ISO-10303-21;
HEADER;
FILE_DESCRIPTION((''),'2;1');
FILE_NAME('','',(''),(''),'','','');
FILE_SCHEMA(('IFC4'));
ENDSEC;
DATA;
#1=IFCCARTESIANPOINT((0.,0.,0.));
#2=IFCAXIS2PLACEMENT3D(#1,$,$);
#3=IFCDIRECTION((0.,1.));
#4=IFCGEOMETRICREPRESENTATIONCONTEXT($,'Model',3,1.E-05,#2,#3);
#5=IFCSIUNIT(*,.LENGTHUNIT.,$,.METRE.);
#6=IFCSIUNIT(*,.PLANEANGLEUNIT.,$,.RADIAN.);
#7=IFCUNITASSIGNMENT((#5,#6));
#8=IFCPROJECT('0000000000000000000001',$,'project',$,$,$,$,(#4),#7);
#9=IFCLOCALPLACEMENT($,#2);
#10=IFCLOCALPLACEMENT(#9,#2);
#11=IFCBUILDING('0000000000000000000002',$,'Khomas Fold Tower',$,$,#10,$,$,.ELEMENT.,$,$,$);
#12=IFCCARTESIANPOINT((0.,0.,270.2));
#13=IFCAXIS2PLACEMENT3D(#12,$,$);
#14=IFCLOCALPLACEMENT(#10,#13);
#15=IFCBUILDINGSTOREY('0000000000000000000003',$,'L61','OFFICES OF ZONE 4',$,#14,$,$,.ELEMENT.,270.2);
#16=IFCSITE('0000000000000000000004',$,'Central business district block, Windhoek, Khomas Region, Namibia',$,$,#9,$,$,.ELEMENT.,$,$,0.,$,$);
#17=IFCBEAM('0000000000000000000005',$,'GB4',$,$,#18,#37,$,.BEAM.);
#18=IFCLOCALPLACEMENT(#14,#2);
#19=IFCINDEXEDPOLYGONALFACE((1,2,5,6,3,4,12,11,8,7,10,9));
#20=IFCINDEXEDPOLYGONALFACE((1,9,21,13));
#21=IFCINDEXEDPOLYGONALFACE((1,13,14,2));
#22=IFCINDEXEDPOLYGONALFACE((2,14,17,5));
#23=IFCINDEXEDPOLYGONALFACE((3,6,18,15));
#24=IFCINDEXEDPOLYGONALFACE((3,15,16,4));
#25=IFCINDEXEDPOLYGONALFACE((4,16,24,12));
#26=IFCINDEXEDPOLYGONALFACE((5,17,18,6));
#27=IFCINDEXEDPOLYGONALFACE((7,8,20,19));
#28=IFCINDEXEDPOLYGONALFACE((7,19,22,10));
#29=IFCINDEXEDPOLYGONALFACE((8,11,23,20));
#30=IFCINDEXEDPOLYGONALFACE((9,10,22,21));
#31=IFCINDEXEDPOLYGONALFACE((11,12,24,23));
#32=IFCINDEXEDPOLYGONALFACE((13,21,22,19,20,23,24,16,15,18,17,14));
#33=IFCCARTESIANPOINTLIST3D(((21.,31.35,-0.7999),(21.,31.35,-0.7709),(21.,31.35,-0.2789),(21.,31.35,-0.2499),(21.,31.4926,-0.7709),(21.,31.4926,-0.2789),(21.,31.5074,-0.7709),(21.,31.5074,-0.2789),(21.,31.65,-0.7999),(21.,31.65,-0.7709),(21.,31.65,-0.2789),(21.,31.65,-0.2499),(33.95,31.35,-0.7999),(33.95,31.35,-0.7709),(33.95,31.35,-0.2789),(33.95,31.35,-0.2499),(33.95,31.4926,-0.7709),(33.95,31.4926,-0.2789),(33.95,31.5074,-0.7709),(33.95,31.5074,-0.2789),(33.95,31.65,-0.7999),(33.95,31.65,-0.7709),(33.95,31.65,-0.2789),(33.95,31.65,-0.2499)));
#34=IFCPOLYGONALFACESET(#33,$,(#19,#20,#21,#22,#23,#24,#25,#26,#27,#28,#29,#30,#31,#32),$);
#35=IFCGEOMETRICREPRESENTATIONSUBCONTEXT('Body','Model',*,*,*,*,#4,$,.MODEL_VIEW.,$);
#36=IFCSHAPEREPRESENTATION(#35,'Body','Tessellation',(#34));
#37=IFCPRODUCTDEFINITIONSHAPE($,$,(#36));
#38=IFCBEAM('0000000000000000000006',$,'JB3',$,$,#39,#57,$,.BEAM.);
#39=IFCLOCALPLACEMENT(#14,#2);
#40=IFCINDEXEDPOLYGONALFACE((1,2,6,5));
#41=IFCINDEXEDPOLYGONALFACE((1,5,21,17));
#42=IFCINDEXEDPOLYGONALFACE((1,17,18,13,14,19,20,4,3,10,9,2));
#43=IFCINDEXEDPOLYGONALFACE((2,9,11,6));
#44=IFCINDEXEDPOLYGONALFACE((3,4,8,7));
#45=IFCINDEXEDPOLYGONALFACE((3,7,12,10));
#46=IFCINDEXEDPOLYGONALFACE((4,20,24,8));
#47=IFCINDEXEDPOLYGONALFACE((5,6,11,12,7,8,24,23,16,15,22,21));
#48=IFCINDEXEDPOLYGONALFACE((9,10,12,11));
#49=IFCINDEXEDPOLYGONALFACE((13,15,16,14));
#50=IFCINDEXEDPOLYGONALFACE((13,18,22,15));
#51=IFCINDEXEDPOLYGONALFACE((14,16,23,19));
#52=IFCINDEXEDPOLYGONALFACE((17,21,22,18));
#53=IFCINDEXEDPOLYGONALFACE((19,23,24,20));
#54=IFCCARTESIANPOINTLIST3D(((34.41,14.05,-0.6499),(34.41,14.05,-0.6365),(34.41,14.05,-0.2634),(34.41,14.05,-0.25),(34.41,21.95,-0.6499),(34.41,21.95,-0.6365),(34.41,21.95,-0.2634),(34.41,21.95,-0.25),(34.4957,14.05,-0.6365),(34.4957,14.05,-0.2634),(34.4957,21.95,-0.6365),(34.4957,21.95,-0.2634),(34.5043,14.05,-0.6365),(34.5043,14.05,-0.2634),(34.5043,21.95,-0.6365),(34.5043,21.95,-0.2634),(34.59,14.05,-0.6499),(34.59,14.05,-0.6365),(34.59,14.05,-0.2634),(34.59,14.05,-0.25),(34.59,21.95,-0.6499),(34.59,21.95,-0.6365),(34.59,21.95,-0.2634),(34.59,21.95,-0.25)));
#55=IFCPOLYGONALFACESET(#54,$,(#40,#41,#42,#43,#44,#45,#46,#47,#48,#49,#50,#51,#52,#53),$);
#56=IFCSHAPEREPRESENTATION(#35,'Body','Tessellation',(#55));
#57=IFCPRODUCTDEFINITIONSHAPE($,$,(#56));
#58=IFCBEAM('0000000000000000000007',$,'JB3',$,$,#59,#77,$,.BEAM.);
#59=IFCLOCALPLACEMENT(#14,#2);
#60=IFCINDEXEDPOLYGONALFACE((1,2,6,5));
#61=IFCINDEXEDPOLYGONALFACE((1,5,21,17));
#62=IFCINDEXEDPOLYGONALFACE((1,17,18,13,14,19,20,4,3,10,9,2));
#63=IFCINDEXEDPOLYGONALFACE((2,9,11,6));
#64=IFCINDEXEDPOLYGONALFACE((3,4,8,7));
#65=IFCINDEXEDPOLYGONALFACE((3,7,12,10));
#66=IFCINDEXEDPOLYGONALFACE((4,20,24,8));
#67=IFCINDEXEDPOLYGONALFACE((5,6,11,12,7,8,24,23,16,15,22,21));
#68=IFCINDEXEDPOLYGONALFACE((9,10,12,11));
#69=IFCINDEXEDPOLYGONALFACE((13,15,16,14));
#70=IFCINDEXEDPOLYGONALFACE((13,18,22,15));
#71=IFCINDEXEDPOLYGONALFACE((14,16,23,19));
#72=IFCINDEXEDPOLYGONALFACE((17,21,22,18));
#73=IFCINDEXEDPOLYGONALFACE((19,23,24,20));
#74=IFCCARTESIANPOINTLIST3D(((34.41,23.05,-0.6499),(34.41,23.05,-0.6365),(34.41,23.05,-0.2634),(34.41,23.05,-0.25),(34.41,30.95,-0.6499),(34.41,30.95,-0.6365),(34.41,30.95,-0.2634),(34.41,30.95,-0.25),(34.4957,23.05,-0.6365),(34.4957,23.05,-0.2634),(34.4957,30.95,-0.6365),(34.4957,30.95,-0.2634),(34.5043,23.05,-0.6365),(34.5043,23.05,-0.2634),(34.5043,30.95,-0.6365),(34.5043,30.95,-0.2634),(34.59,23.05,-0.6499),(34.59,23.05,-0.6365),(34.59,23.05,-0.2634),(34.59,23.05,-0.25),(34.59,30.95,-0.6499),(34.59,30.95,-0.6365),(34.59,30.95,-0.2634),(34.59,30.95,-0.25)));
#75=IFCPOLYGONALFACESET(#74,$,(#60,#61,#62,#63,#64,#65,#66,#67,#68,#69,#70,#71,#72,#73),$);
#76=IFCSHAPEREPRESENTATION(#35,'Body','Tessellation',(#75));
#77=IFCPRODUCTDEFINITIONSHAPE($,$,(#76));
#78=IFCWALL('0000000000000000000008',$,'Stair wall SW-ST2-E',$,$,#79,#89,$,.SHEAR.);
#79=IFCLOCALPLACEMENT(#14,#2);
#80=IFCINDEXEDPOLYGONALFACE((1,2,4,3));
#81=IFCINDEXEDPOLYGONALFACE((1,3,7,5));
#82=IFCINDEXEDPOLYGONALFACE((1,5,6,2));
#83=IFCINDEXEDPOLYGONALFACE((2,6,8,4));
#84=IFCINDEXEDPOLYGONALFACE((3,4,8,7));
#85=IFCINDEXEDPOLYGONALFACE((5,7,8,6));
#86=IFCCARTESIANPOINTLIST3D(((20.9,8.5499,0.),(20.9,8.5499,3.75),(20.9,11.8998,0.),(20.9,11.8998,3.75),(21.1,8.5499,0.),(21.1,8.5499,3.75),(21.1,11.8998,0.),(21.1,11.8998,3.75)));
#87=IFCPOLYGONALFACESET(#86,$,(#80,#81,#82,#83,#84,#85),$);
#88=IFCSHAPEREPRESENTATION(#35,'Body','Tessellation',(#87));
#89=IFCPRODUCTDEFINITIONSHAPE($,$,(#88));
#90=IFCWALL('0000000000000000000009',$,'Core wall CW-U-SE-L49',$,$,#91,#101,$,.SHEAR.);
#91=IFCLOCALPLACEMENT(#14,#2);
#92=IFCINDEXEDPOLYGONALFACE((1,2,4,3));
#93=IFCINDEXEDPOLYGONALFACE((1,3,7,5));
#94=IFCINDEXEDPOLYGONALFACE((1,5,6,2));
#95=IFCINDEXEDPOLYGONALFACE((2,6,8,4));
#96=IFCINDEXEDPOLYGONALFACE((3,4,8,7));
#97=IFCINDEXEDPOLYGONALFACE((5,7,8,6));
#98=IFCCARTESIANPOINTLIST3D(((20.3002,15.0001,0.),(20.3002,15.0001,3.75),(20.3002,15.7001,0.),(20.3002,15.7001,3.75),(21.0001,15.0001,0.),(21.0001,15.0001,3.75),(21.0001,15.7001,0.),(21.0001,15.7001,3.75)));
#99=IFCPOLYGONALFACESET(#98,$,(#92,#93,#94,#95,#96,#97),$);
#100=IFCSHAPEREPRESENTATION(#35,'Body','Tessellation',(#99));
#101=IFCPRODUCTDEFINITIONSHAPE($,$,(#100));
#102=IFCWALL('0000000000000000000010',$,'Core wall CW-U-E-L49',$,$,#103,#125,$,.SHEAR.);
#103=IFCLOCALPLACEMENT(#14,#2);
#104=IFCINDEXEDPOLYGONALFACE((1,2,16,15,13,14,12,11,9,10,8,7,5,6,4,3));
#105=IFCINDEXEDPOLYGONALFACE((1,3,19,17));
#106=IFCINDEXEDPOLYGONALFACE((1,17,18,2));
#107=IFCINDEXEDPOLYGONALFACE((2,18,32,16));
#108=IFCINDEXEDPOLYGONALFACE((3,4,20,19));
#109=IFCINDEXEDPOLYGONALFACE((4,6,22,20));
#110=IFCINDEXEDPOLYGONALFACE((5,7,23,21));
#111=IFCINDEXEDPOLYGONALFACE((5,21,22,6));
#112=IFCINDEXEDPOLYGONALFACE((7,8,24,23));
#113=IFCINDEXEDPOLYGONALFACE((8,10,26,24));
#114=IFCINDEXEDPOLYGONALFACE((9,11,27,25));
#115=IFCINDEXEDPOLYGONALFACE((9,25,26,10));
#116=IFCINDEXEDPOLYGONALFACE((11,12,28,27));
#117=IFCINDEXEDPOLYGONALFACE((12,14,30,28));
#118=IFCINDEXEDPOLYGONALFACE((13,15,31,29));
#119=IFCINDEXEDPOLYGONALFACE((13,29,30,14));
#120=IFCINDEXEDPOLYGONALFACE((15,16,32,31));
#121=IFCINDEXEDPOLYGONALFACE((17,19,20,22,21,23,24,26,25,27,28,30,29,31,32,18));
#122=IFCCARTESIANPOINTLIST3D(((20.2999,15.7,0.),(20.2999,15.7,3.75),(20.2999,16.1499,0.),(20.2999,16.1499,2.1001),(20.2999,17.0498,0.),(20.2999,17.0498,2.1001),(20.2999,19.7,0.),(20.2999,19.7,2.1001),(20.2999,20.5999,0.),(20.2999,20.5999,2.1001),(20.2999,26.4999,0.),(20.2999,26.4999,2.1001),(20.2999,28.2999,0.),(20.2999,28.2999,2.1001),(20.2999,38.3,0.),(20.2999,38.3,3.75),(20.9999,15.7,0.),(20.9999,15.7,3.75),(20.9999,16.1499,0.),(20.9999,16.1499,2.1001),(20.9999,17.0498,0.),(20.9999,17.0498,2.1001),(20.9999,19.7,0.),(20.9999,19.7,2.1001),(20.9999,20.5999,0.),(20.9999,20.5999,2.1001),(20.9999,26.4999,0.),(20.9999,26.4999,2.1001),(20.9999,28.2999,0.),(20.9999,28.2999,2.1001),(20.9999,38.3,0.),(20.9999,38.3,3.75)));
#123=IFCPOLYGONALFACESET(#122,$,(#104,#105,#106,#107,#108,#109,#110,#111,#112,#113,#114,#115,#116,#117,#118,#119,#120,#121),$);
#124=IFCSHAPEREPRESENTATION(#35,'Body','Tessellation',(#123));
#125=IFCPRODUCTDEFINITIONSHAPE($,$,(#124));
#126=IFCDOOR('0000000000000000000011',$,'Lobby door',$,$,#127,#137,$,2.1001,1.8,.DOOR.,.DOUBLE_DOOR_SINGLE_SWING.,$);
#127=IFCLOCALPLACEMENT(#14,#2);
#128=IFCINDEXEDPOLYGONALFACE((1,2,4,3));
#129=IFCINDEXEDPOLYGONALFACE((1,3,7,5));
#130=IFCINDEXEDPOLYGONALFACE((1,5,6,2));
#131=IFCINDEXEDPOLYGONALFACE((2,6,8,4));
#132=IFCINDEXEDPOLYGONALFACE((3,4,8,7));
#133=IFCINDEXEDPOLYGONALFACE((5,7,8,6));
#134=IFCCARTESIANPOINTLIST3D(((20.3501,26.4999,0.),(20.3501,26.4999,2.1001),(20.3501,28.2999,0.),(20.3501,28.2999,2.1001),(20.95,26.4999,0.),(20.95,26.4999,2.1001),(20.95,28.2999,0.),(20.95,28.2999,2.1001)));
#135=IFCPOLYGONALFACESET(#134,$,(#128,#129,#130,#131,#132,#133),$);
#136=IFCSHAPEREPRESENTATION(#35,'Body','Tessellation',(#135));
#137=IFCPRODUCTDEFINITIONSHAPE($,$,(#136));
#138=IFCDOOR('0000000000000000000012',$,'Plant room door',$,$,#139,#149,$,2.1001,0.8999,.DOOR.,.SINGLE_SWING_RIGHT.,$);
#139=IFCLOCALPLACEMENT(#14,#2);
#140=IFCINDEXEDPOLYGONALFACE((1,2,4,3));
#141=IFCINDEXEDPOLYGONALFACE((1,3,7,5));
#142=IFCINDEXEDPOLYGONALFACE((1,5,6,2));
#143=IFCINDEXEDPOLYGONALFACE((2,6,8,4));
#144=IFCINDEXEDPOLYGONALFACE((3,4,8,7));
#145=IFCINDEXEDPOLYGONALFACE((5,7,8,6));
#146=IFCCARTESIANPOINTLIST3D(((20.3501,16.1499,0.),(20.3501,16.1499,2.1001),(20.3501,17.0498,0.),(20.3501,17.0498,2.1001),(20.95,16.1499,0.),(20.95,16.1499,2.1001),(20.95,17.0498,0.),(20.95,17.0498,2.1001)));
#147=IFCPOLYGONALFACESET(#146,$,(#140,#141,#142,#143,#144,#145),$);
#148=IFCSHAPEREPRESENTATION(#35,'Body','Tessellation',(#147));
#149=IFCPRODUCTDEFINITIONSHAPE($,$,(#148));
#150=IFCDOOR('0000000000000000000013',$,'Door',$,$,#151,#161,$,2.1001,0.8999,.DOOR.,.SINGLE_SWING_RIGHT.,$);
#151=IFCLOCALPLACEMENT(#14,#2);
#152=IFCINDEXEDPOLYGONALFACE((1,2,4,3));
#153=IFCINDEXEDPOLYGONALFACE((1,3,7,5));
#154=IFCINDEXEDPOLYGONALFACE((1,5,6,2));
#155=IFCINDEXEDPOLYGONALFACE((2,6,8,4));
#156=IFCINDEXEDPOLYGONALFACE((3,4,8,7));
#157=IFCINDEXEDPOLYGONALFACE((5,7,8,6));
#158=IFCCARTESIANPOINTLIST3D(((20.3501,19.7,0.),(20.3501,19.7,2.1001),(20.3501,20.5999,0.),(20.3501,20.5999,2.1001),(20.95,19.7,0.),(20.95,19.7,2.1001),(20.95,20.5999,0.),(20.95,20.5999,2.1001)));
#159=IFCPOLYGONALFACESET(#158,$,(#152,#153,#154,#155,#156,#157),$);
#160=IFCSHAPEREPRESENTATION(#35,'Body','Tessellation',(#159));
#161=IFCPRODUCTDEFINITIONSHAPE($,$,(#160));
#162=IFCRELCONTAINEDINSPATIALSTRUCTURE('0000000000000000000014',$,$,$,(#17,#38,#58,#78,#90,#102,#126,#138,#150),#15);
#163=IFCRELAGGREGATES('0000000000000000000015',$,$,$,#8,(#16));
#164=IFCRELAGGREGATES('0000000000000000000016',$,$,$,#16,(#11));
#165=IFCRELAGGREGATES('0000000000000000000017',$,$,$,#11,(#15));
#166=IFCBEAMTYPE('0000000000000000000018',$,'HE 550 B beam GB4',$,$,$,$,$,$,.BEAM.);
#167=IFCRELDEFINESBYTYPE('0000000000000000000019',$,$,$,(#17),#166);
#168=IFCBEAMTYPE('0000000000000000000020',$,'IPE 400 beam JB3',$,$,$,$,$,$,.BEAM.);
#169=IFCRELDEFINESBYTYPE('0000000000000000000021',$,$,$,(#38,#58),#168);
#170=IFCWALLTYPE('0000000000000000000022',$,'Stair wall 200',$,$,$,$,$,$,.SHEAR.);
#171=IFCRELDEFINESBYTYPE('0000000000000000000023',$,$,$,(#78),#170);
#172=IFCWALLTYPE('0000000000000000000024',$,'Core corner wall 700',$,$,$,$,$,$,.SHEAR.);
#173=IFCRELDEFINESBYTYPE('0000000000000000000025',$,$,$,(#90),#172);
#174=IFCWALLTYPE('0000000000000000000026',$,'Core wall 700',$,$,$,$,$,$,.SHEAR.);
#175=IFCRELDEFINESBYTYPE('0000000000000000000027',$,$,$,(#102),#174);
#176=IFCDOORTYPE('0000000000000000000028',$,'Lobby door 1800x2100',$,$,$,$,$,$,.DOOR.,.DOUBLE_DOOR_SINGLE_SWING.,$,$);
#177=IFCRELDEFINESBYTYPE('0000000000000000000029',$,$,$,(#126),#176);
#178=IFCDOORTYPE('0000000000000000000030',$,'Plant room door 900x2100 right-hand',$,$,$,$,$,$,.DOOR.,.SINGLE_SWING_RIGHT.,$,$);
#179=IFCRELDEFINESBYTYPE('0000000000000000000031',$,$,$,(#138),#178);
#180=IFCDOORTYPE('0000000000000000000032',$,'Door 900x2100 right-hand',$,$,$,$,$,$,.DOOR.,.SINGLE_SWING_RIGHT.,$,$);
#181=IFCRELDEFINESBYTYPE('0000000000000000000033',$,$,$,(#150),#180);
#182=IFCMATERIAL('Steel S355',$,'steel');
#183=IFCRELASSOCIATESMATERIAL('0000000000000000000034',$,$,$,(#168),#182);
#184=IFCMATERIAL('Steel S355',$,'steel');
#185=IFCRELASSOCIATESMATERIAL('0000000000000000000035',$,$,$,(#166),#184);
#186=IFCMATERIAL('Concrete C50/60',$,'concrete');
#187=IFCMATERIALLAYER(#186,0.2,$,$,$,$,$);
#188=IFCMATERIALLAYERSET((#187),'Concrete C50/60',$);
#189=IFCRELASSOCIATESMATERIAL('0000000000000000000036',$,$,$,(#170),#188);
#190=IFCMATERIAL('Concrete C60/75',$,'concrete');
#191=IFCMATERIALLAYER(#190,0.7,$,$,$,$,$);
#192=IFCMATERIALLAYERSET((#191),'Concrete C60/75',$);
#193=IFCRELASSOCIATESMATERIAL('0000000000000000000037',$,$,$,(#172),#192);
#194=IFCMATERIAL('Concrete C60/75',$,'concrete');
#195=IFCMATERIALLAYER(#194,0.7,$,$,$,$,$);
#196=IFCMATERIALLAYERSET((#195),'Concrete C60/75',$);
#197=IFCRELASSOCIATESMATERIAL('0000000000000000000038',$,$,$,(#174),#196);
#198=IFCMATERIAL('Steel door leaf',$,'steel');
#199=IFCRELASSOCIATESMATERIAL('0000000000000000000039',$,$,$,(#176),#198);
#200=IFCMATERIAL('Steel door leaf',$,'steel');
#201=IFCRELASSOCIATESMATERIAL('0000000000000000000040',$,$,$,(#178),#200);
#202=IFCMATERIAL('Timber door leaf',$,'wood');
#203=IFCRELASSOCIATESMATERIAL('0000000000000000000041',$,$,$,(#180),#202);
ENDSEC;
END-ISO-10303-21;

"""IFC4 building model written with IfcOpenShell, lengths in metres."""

from ifc_helpers import new_model, si_unit, direction, frame, frame_2d, origin, origin_2d, place, context, subcontext, project, spatial, rectangle, i_section, extrude, source, transform, mapped, material, layer, layer_set, material_profile, profile_set, type_object, element, fill, save


model = new_model("IFC4")

# Units and contexts
model_context = context("Model", 3, precision=1e-05, world=origin(), true_north=direction((0.0, 1.0)))
body_context = subcontext(model_context, "Body", "Model", "MODEL_VIEW")
ifc_project = project(units=[si_unit("LENGTHUNIT", "METRE"), si_unit("PLANEANGLEUNIT", "RADIAN")], contexts=[model_context])

# Site, building, storey
site_placement = place(None, origin())
site = spatial("IfcSite", under=ifc_project, at=site_placement, Name="Central business district block, Windhoek, Khomas Region, Namibia", CompositionType="ELEMENT", RefElevation=0.0)
building_placement = place(site_placement, origin())
building = spatial("IfcBuilding", under=site, at=building_placement, Name="Khomas Fold Tower", CompositionType="ELEMENT")
storey_placement = place(building_placement, frame((0.0, 0.0, 270.2)))
storey = spatial("IfcBuildingStorey", under=building, at=storey_placement, Name="L61", Description="OFFICES OF ZONE 4", CompositionType="ELEMENT", Elevation=270.2)

# Beams
ifc_material_1 = material(Name="Steel S355", Category="steel")
ifc_material_profile_1 = material_profile(ifc_material_1, i_section(OverallWidth=0.1799, OverallDepth=0.3999, WebThickness=0.0085, FlangeThickness=0.0134, at=origin_2d()), Name="IPE 400")
ifc_profile_set_1 = profile_set([ifc_material_profile_1], Name="Steel S355")
beam_type_1 = type_object("IfcBeamType", Name="IPE 400 beam JB3", PredefinedType="BEAM", material=ifc_profile_set_1)
ifc_material_2 = material(Name="Steel S355", Category="steel")
ifc_material_profile_2 = material_profile(ifc_material_2, i_section(OverallWidth=0.3, OverallDepth=0.55, WebThickness=0.0149, FlangeThickness=0.0291, at=origin_2d()), Name="HE 550 B")
ifc_profile_set_2 = profile_set([ifc_material_profile_2], Name="Steel S355")
beam_type_2 = type_object("IfcBeamType", Name="HE 550 B beam GB4", PredefinedType="BEAM", material=ifc_profile_set_2)
shared_shape_1 = source(origin(), body_context, "Body", "SweptSolid", [
    extrude(i_section(OverallWidth=0.3, OverallDepth=0.55, WebThickness=0.0149, FlangeThickness=0.0291, at=origin_2d()), origin(), (0.0, 0.0, 1.0), 12.95),
])
for number, where, z_axis, x_axis, name in (
    (1, (21.0, 31.5, -0.5249), (1.0, 0.0, 0.0), (0.0, 1.0, 0.0), "GB4"),
):
    element("IfcBeam", number, at=place(storey_placement, frame(where, z_axis=z_axis, x_axis=x_axis)), inside=storey, type_object=beam_type_2, Name=name, PredefinedType="BEAM", context=body_context, shape_type="MappedRepresentation", body=[
        mapped(shared_shape_1, transform((0.0, 0.0, 0.0))),
    ])
shared_shape_2 = source(origin(), body_context, "Body", "SweptSolid", [
    extrude(i_section(OverallWidth=0.1799, OverallDepth=0.3999, WebThickness=0.0085, FlangeThickness=0.0134, at=origin_2d()), origin(), (0.0, 0.0, 1.0), 7.8999),
])
for number, where, z_axis, x_axis, name in (
    (2, (34.5, 14.05, -0.45), (0.0, 1.0, 0.0), (-1.0, 0.0, 0.0), "JB3"),
    (3, (34.5, 23.05, -0.45), (0.0, 1.0, 0.0), (-1.0, 0.0, 0.0), "JB3"),
):
    element("IfcBeam", number, at=place(storey_placement, frame(where, z_axis=z_axis, x_axis=x_axis)), inside=storey, type_object=beam_type_1, Name=name, PredefinedType="BEAM", context=body_context, shape_type="MappedRepresentation", body=[
        mapped(shared_shape_2, transform((0.0, 0.0, 0.0))),
    ])

# Walls
ifc_material_3 = material(Name="Concrete C50/60", Category="concrete")
ifc_layer_1 = layer(ifc_material_3, 0.2)
ifc_layer_set_1 = layer_set([ifc_layer_1], Name="Concrete C50/60")
wall_type_1 = type_object("IfcWallType", Name="Stair wall 200", PredefinedType="SHEAR", material=ifc_layer_set_1)
shared_shape_3 = source(origin(), body_context, "Body", "SweptSolid", [
    extrude(rectangle(XDim=3.3499, YDim=0.2, at=frame_2d((1.6748, 0.0))), origin(), (0.0, 0.0, 1.0), 3.75),
])
wall_1_placement = place(storey_placement, frame((21.0, 8.55, 0.0), z_axis=(0.0, 0.0, 1.0), x_axis=(0.0, 1.0, 0.0)))
element("IfcWall", 4, at=wall_1_placement, inside=storey, type_object=wall_type_1, Name="Stair wall SW-ST2-E", PredefinedType="SHEAR", context=body_context, shape_type="MappedRepresentation", body=[
    mapped(shared_shape_3, transform((0.0, 0.0, 0.0))),
])
ifc_material_4 = material(Name="Concrete C60/75", Category="concrete")
ifc_layer_2 = layer(ifc_material_4, 0.7)
ifc_layer_set_2 = layer_set([ifc_layer_2], Name="Concrete C60/75")
wall_type_2 = type_object("IfcWallType", Name="Core corner wall 700", PredefinedType="SHEAR", material=ifc_layer_set_2)
shared_shape_4 = source(origin(), body_context, "Body", "SweptSolid", [
    extrude(rectangle(XDim=0.7, YDim=0.7, at=frame_2d((0.3501, 0.0))), origin(), (0.0, 0.0, 1.0), 3.75),
])
wall_2_placement = place(storey_placement, frame((20.3, 15.3501, 0.0), z_axis=(0.0, 0.0, 1.0), x_axis=(1.0, 0.0, 0.0)))
element("IfcWall", 5, at=wall_2_placement, inside=storey, type_object=wall_type_2, Name="Core wall CW-U-SE-L49", PredefinedType="SHEAR", context=body_context, shape_type="MappedRepresentation", body=[
    mapped(shared_shape_4, transform((0.0, 0.0, 0.0))),
])

# Wall, openings, doors
ifc_material_5 = material(Name="Concrete C60/75", Category="concrete")
ifc_layer_3 = layer(ifc_material_5, 0.7)
ifc_layer_set_3 = layer_set([ifc_layer_3], Name="Concrete C60/75")
wall_type_3 = type_object("IfcWallType", Name="Core wall 700", PredefinedType="SHEAR", material=ifc_layer_set_3)
shared_shape_5 = source(origin(), body_context, "Body", "SweptSolid", [
    extrude(rectangle(XDim=22.6001, YDim=0.7, at=frame_2d((11.3, 0.0))), origin(), (0.0, 0.0, 1.0), 3.75),
])
wall_3_placement = place(storey_placement, frame((20.6499, 15.7, 0.0), z_axis=(0.0, 0.0, 1.0), x_axis=(0.0, 1.0, 0.0)))
wall_3 = element("IfcWall", 6, at=wall_3_placement, inside=storey, type_object=wall_type_3, Name="Core wall CW-U-E-L49", PredefinedType="SHEAR", context=body_context, shape_type="MappedRepresentation", body=[
    mapped(shared_shape_5, transform((0.0, 0.0, 0.0))),
])
shared_shape_6 = source(origin(), body_context, "Body", "SweptSolid", [
    extrude(rectangle(XDim=1.8, YDim=2.1001, at=frame_2d((0.8999, 1.05))), frame((0.0, 0.3599, 0.0), z_axis=(0.0, -1.0, 0.0), x_axis=(1.0, 0.0, 0.0)), (0.0, 0.0, 1.0), 0.72),
])
opening_1_placement = place(wall_3_placement, frame((10.8, 0.0, 0.0)))
opening_1 = element("IfcOpeningElement", 7, at=opening_1_placement, cuts=wall_3, PredefinedType="OPENING", context=body_context, shape_type="MappedRepresentation", body=[
    mapped(shared_shape_6, transform((0.0, 0.0, 0.0))),
])
shared_shape_7 = source(origin(), body_context, "Body", "SweptSolid", [
    extrude(rectangle(XDim=0.8999, YDim=2.1001, at=frame_2d((0.45, 1.05))), frame((0.0, 0.3599, 0.0), z_axis=(0.0, -1.0, 0.0), x_axis=(1.0, 0.0, 0.0)), (0.0, 0.0, 1.0), 0.72),
])
opening_2_placement = place(wall_3_placement, frame((0.45, 0.0, 0.0)))
opening_2 = element("IfcOpeningElement", 8, at=opening_2_placement, cuts=wall_3, PredefinedType="OPENING", context=body_context, shape_type="MappedRepresentation", body=[
    mapped(shared_shape_7, transform((0.0, 0.0, 0.0))),
])
opening_3_placement = place(wall_3_placement, frame((4.0, 0.0, 0.0)))
opening_3 = element("IfcOpeningElement", 9, at=opening_3_placement, cuts=wall_3, PredefinedType="OPENING", context=body_context, shape_type="MappedRepresentation", body=[
    mapped(shared_shape_7, transform((0.0, 0.0, 0.0))),
])
ifc_material_6 = material(Name="Steel door leaf", Category="steel")
door_type_1 = type_object("IfcDoorType", Name="Lobby door 1800x2100", OperationType="DOUBLE_DOOR_SINGLE_SWING", PredefinedType="DOOR", material=ifc_material_6)
shared_shape_8 = source(origin(), body_context, "Body", "SweptSolid", [
    extrude(rectangle(XDim=1.8, YDim=2.1001, at=frame_2d((0.8999, 1.05))), frame((0.0, 0.2998, 0.0), z_axis=(0.0, -1.0, 0.0), x_axis=(1.0, 0.0, 0.0)), (0.0, 0.0, 1.0), 0.5999),
])
door_1_placement = place(opening_1_placement, origin())
door_1 = element("IfcDoor", 10, at=door_1_placement, inside=storey, type_object=door_type_1, Name="Lobby door", OperationType="DOUBLE_DOOR_SINGLE_SWING", OverallHeight=2.1001, OverallWidth=1.8, PredefinedType="DOOR", context=body_context, shape_type="MappedRepresentation", body=[
    mapped(shared_shape_8, transform((0.0, 0.0, 0.0))),
])
fill(opening_1, door_1)
ifc_material_7 = material(Name="Steel door leaf", Category="steel")
door_type_2 = type_object("IfcDoorType", Name="Plant room door 900x2100 right-hand", OperationType="SINGLE_SWING_RIGHT", PredefinedType="DOOR", material=ifc_material_7)
shared_shape_9 = source(origin(), body_context, "Body", "SweptSolid", [
    extrude(rectangle(XDim=0.8999, YDim=2.1001, at=frame_2d((0.45, 1.05))), frame((0.0, 0.2998, 0.0), z_axis=(0.0, -1.0, 0.0), x_axis=(1.0, 0.0, 0.0)), (0.0, 0.0, 1.0), 0.5999),
])
door_2_placement = place(opening_2_placement, origin())
door_2 = element("IfcDoor", 11, at=door_2_placement, inside=storey, type_object=door_type_2, Name="Plant room door", OperationType="SINGLE_SWING_RIGHT", OverallHeight=2.1001, OverallWidth=0.8999, PredefinedType="DOOR", context=body_context, shape_type="MappedRepresentation", body=[
    mapped(shared_shape_9, transform((0.0, 0.0, 0.0))),
])
fill(opening_2, door_2)
ifc_material_8 = material(Name="Timber door leaf", Category="wood")
door_type_3 = type_object("IfcDoorType", Name="Door 900x2100 right-hand", OperationType="SINGLE_SWING_RIGHT", PredefinedType="DOOR", material=ifc_material_8)
door_3_placement = place(opening_3_placement, origin())
door_3 = element("IfcDoor", 12, at=door_3_placement, inside=storey, type_object=door_type_3, Name="Door", OperationType="SINGLE_SWING_RIGHT", OverallHeight=2.1001, OverallWidth=0.8999, PredefinedType="DOOR", context=body_context, shape_type="MappedRepresentation", body=[
    mapped(shared_shape_9, transform((0.0, 0.0, 0.0))),
])
fill(opening_3, door_3)

save(model, "model.ifc")
